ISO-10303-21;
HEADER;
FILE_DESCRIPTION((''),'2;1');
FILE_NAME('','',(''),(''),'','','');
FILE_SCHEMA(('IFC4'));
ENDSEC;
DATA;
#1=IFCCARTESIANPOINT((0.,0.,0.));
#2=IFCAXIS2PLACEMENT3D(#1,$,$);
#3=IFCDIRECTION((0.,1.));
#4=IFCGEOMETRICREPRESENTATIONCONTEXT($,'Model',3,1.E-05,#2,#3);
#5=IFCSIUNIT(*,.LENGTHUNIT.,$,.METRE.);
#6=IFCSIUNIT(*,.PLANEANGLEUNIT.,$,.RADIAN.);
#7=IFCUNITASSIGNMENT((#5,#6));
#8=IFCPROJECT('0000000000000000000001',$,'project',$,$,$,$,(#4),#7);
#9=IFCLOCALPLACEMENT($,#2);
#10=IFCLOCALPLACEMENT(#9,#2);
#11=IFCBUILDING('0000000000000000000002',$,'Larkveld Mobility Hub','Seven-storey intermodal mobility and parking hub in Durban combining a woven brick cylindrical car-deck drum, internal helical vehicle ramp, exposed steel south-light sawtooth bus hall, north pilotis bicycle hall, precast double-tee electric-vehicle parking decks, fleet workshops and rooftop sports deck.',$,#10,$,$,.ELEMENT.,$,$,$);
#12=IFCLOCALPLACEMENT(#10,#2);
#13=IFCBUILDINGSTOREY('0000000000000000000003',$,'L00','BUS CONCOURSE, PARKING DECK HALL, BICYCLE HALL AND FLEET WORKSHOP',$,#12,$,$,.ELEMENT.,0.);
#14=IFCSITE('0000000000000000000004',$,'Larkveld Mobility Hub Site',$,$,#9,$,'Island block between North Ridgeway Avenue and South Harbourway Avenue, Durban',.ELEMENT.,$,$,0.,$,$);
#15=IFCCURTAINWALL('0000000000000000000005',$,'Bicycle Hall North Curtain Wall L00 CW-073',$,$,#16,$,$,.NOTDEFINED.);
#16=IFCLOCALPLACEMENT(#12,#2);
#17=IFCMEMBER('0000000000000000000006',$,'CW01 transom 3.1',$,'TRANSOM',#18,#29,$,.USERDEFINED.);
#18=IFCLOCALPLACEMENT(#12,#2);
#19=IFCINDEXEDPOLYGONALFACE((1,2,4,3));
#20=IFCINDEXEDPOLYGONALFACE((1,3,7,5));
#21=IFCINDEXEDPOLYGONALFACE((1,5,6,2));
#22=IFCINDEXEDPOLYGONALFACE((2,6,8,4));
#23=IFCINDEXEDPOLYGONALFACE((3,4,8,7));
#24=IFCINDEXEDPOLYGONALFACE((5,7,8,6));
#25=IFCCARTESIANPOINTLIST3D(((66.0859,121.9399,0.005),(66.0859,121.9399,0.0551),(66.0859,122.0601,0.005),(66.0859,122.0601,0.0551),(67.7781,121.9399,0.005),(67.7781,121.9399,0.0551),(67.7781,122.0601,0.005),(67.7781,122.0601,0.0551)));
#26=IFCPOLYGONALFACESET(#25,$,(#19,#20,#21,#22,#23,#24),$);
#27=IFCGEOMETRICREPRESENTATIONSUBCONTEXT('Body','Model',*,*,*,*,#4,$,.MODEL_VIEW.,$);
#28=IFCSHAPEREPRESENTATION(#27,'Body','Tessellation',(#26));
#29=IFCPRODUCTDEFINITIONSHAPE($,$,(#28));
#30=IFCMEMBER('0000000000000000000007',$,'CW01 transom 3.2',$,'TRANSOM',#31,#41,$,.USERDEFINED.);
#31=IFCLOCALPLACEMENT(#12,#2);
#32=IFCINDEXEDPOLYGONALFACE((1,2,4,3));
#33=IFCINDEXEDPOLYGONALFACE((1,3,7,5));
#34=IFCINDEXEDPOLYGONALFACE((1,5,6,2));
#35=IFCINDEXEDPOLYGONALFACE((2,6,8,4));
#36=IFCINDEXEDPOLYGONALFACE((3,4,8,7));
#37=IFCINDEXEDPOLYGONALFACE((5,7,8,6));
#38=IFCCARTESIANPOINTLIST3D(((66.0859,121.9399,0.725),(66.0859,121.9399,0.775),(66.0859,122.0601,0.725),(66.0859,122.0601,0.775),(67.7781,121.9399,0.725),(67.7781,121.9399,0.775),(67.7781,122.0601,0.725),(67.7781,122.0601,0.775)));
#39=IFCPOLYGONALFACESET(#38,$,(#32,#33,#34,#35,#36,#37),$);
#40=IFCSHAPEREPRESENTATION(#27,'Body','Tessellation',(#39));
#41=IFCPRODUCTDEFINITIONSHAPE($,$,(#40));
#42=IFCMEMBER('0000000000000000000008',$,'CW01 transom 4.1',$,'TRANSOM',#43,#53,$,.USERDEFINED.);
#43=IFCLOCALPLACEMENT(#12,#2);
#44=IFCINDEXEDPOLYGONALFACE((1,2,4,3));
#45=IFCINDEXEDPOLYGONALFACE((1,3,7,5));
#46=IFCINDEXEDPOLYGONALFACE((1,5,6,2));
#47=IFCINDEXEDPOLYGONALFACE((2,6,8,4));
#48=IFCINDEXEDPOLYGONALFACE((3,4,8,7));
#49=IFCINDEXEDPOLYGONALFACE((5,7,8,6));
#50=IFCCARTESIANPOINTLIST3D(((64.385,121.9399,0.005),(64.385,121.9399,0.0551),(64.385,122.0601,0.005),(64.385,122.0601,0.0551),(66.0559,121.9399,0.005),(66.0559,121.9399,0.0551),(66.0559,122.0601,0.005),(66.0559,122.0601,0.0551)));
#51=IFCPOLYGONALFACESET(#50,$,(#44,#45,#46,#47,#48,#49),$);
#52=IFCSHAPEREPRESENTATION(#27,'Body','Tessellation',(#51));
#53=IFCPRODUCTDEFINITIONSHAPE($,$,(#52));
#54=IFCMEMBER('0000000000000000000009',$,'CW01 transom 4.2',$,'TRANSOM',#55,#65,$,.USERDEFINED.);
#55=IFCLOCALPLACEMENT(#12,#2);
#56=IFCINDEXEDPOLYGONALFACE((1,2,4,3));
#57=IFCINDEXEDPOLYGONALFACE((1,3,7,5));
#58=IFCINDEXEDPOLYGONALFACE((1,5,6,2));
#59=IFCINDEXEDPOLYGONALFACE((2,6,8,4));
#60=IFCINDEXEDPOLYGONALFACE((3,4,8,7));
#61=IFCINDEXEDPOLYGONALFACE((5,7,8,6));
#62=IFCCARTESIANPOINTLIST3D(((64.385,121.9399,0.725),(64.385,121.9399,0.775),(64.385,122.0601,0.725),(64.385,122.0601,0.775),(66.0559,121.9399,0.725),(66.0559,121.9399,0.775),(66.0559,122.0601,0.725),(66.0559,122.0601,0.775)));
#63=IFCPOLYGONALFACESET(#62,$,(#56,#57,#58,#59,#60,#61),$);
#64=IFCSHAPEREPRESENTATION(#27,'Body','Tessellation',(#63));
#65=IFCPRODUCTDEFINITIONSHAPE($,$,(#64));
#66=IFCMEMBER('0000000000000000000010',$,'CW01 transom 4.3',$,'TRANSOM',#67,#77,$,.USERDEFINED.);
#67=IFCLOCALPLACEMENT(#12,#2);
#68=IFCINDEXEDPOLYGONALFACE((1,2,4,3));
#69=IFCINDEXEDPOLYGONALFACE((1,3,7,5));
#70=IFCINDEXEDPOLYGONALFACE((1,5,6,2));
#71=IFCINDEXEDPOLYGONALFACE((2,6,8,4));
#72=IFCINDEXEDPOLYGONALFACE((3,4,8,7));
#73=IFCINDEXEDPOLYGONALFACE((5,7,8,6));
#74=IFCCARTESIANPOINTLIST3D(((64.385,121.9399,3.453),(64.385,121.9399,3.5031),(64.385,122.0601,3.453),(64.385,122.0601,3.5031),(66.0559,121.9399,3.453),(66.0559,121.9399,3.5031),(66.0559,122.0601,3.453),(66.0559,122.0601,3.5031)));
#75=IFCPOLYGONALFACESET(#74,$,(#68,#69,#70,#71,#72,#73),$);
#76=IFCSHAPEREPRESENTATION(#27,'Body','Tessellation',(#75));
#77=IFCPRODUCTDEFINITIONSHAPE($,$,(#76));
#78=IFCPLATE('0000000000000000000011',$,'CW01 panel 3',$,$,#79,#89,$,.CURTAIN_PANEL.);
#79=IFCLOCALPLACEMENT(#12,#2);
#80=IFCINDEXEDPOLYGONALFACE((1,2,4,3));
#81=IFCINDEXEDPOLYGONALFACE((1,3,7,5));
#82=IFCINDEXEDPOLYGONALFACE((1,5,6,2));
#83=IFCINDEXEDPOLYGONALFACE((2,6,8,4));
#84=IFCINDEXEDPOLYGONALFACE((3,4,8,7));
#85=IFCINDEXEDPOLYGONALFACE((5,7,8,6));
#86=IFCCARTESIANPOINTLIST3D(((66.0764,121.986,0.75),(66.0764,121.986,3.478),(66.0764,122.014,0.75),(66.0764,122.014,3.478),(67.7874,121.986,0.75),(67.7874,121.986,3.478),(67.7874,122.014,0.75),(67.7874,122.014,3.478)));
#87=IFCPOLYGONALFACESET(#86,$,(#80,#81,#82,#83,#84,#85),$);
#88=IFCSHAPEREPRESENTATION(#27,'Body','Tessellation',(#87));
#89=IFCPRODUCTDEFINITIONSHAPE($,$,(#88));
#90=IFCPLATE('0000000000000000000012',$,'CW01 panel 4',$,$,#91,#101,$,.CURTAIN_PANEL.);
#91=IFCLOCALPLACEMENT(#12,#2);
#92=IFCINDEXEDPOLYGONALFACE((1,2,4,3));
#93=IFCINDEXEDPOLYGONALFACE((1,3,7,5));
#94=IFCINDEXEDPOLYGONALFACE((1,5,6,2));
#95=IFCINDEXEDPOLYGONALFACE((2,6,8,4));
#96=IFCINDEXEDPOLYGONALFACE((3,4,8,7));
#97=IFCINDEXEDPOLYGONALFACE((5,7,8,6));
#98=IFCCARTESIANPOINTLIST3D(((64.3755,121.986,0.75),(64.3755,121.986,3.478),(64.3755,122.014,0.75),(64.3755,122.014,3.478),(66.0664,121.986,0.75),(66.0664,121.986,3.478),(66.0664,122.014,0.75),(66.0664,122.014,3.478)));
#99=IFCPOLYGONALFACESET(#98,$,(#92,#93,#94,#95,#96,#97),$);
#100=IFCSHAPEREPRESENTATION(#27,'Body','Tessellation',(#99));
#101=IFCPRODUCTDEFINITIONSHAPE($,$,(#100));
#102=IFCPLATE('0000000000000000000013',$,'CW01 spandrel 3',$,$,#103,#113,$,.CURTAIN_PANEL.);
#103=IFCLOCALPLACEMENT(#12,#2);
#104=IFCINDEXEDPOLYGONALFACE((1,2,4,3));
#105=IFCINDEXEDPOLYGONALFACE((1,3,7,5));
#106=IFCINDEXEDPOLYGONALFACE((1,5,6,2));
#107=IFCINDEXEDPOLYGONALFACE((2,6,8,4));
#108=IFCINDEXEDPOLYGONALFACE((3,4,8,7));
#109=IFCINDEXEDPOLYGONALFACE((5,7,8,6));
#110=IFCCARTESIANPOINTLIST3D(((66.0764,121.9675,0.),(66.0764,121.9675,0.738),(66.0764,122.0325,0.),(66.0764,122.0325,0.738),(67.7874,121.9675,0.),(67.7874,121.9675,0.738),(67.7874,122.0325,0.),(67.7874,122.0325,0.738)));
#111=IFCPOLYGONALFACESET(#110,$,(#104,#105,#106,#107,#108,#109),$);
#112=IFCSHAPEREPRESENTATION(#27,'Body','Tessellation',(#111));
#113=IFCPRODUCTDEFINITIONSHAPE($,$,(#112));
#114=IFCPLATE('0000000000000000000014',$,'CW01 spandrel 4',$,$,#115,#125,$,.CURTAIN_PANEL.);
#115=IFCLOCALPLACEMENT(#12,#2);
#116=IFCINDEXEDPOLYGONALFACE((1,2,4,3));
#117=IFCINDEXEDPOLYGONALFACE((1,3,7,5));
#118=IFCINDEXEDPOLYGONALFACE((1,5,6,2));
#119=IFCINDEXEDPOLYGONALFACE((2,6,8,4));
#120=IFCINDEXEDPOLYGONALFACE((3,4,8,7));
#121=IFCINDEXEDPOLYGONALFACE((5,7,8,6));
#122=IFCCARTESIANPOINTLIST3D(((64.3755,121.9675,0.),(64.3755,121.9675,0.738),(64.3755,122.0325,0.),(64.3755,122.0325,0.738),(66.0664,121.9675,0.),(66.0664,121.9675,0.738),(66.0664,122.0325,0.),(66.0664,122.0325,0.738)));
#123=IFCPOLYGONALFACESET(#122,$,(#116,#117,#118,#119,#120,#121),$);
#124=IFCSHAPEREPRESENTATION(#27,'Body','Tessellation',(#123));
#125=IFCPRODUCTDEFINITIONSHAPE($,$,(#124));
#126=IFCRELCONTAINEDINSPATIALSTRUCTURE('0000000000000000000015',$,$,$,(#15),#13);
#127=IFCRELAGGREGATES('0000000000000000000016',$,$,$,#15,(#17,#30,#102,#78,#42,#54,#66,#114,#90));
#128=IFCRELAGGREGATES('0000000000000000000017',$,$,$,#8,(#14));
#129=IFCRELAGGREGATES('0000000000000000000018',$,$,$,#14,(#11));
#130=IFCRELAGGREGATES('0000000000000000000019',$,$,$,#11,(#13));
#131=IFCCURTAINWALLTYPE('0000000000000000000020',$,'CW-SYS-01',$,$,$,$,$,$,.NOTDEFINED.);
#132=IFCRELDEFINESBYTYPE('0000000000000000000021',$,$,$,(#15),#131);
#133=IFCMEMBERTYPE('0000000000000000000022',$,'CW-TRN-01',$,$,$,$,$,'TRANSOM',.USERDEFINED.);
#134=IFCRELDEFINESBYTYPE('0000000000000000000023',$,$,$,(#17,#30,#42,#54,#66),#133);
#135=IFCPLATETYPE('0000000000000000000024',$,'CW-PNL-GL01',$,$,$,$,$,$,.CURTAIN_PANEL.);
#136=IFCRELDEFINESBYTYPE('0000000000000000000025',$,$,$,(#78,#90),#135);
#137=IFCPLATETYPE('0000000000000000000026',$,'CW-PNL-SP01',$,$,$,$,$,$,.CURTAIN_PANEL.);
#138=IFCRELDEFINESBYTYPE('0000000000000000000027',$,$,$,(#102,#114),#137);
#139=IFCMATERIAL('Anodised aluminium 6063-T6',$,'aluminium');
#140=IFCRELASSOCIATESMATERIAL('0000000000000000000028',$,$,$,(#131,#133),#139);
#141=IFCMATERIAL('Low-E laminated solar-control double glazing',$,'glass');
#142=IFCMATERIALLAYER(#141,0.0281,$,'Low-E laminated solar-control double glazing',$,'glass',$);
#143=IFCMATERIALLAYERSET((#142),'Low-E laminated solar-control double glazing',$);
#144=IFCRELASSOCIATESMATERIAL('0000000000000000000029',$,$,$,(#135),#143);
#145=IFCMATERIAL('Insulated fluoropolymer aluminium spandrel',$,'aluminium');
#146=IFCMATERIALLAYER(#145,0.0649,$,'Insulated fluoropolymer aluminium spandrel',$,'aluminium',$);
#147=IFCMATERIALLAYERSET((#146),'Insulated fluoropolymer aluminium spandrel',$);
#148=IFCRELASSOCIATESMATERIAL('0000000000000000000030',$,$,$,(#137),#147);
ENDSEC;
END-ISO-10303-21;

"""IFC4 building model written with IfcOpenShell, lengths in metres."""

from ifc_helpers import new_model, si_unit, direction, frame, origin, origin_2d, place, context, subcontext, project, spatial, rectangle, extrude, material, layer, layer_set, material_profile, profile_set, type_object, element, aggregate, save


model = new_model("IFC4")

# Units and contexts
model_context = context("Model", 3, precision=1e-05, world=origin(), true_north=direction((0.0, 1.0)))
body_context = subcontext(model_context, "Body", "Model", "MODEL_VIEW")
ifc_project = project(units=[si_unit("LENGTHUNIT", "METRE"), si_unit("PLANEANGLEUNIT", "RADIAN")], contexts=[model_context])

# Site, building, storey
site_placement = place(None, origin())
site = spatial("IfcSite", under=ifc_project, at=site_placement, Name="Larkveld Mobility Hub Site", LongName="Island block between North Ridgeway Avenue and South Harbourway Avenue, Durban", CompositionType="ELEMENT", RefElevation=0.0)
building_placement = place(site_placement, origin())
building = spatial("IfcBuilding", under=site, at=building_placement, Name="Larkveld Mobility Hub", Description="Seven-storey intermodal mobility and parking hub in Durban combining a woven brick cylindrical car-deck drum, internal helical vehicle ramp, exposed steel south-light sawtooth bus hall, north pilotis bicycle hall, precast double-tee electric-vehicle parking decks, fleet workshops and rooftop sports deck.", CompositionType="ELEMENT")
storey_placement = place(building_placement, origin())
storey = spatial("IfcBuildingStorey", under=building, at=storey_placement, Name="L00", Description="BUS CONCOURSE, PARKING DECK HALL, BICYCLE HALL AND FLEET WORKSHOP", CompositionType="ELEMENT", Elevation=0.0)

# Curtain wall, members, plates
ifc_material_1 = material(Name="Anodised aluminium 6063-T6", Category="aluminium")
curtain_wall_type = type_object("IfcCurtainWallType", Name="CW-SYS-01", PredefinedType="NOTDEFINED", material=ifc_material_1)
curtain_wall_placement = place(storey_placement, origin())
curtain_wall = element("IfcCurtainWall", 1, at=curtain_wall_placement, inside=storey, type_object=curtain_wall_type, Name="Bicycle Hall North Curtain Wall L00 CW-073", PredefinedType="NOTDEFINED")
ifc_material_profile_1 = material_profile(ifc_material_1, rectangle(XDim=0.1201, YDim=0.05, at=origin_2d()), Name="ALU TRAN 50x120")
ifc_profile_set_1 = profile_set([ifc_material_profile_1], Name="Anodised aluminium 6063-T6")
member_type_1 = type_object("IfcMemberType", Name="CW-TRN-01", ElementType="TRANSOM", PredefinedType="USERDEFINED", material=ifc_profile_set_1)
member_1_placement = place(storey_placement, frame((67.7781, 122.0, 0.03), z_axis=(-1.0, 0.0, 0.0), x_axis=(0.0, -1.0, 0.0)))
member_1 = element("IfcMember", 2, at=member_1_placement, type_object=member_type_1, Name="CW01 transom 3.1", ObjectType="TRANSOM", PredefinedType="USERDEFINED", context=body_context, shape_type="SweptSolid", body=[
    extrude(rectangle(XDim=0.1201, YDim=0.05, at=origin_2d()), origin(), (0.0, 0.0, 1.0), 1.6921),
])
member_2_placement = place(storey_placement, frame((67.7781, 122.0, 0.75), z_axis=(-1.0, 0.0, 0.0), x_axis=(0.0, -1.0, 0.0)))
member_2 = element("IfcMember", 3, at=member_2_placement, type_object=member_type_1, Name="CW01 transom 3.2", ObjectType="TRANSOM", PredefinedType="USERDEFINED", context=body_context, shape_type="SweptSolid", body=[
    extrude(rectangle(XDim=0.1201, YDim=0.05, at=origin_2d()), origin(), (0.0, 0.0, 1.0), 1.6921),
])
member_3_placement = place(storey_placement, frame((66.0559, 122.0, 0.03), z_axis=(-1.0, 0.0, 0.0), x_axis=(0.0, -1.0, 0.0)))
member_3 = element("IfcMember", 4, at=member_3_placement, type_object=member_type_1, Name="CW01 transom 4.1", ObjectType="TRANSOM", PredefinedType="USERDEFINED", context=body_context, shape_type="SweptSolid", body=[
    extrude(rectangle(XDim=0.1201, YDim=0.05, at=origin_2d()), origin(), (0.0, 0.0, 1.0), 1.6709),
])
member_4_placement = place(storey_placement, frame((66.0559, 122.0, 0.75), z_axis=(-1.0, 0.0, 0.0), x_axis=(0.0, -1.0, 0.0)))
member_4 = element("IfcMember", 5, at=member_4_placement, type_object=member_type_1, Name="CW01 transom 4.2", ObjectType="TRANSOM", PredefinedType="USERDEFINED", context=body_context, shape_type="SweptSolid", body=[
    extrude(rectangle(XDim=0.1201, YDim=0.05, at=origin_2d()), origin(), (0.0, 0.0, 1.0), 1.6709),
])
member_5_placement = place(storey_placement, frame((66.0559, 122.0, 3.478), z_axis=(-1.0, 0.0, 0.0), x_axis=(0.0, -1.0, 0.0)))
member_5 = element("IfcMember", 6, at=member_5_placement, type_object=member_type_1, Name="CW01 transom 4.3", ObjectType="TRANSOM", PredefinedType="USERDEFINED", context=body_context, shape_type="SweptSolid", body=[
    extrude(rectangle(XDim=0.1201, YDim=0.05, at=origin_2d()), origin(), (0.0, 0.0, 1.0), 1.6709),
])
ifc_material_2 = material(Name="Low-E laminated solar-control double glazing", Category="glass")
ifc_layer_1 = layer(ifc_material_2, 0.0281, Name="Low-E laminated solar-control double glazing", Category="glass")
ifc_layer_set_1 = layer_set([ifc_layer_1], Name="Low-E laminated solar-control double glazing")
plate_type_1 = type_object("IfcPlateType", Name="CW-PNL-GL01", PredefinedType="CURTAIN_PANEL", material=ifc_layer_set_1)
plate_1_placement = place(storey_placement, frame((66.9319, 122.0, 0.75), z_axis=(0.0, 0.0, 1.0), x_axis=(-1.0, 0.0, 0.0)))
plate_1 = element("IfcPlate", 7, at=plate_1_placement, type_object=plate_type_1, Name="CW01 panel 3", PredefinedType="CURTAIN_PANEL", context=body_context, shape_type="SweptSolid", body=[
    extrude(rectangle(XDim=1.7109, YDim=0.0281, at=origin_2d()), origin(), (0.0, 0.0, 1.0), 2.728),
])
plate_2_placement = place(storey_placement, frame((65.2209, 122.0, 0.75), z_axis=(0.0, 0.0, 1.0), x_axis=(-1.0, 0.0, 0.0)))
plate_2 = element("IfcPlate", 8, at=plate_2_placement, type_object=plate_type_1, Name="CW01 panel 4", PredefinedType="CURTAIN_PANEL", context=body_context, shape_type="SweptSolid", body=[
    extrude(rectangle(XDim=1.6909, YDim=0.0281, at=origin_2d()), origin(), (0.0, 0.0, 1.0), 2.728),
])
ifc_material_3 = material(Name="Insulated fluoropolymer aluminium spandrel", Category="aluminium")
ifc_layer_2 = layer(ifc_material_3, 0.0649, Name="Insulated fluoropolymer aluminium spandrel", Category="aluminium")
ifc_layer_set_2 = layer_set([ifc_layer_2], Name="Insulated fluoropolymer aluminium spandrel")
plate_type_2 = type_object("IfcPlateType", Name="CW-PNL-SP01", PredefinedType="CURTAIN_PANEL", material=ifc_layer_set_2)
plate_3_placement = place(storey_placement, frame((66.9319, 122.0, 0.0), z_axis=(0.0, 0.0, 1.0), x_axis=(-1.0, 0.0, 0.0)))
plate_3 = element("IfcPlate", 9, at=plate_3_placement, type_object=plate_type_2, Name="CW01 spandrel 3", PredefinedType="CURTAIN_PANEL", context=body_context, shape_type="SweptSolid", body=[
    extrude(rectangle(XDim=1.7109, YDim=0.0649, at=origin_2d()), origin(), (0.0, 0.0, 1.0), 0.738),
])
plate_4_placement = place(storey_placement, frame((65.2209, 122.0, 0.0), z_axis=(0.0, 0.0, 1.0), x_axis=(-1.0, 0.0, 0.0)))
plate_4 = element("IfcPlate", 10, at=plate_4_placement, type_object=plate_type_2, Name="CW01 spandrel 4", PredefinedType="CURTAIN_PANEL", context=body_context, shape_type="SweptSolid", body=[
    extrude(rectangle(XDim=1.6909, YDim=0.0649, at=origin_2d()), origin(), (0.0, 0.0, 1.0), 0.738),
])
aggregate(curtain_wall, [member_1, member_2, plate_3, plate_1, member_3, member_4, member_5, plate_4, plate_2])

save(model, "model.ifc")
